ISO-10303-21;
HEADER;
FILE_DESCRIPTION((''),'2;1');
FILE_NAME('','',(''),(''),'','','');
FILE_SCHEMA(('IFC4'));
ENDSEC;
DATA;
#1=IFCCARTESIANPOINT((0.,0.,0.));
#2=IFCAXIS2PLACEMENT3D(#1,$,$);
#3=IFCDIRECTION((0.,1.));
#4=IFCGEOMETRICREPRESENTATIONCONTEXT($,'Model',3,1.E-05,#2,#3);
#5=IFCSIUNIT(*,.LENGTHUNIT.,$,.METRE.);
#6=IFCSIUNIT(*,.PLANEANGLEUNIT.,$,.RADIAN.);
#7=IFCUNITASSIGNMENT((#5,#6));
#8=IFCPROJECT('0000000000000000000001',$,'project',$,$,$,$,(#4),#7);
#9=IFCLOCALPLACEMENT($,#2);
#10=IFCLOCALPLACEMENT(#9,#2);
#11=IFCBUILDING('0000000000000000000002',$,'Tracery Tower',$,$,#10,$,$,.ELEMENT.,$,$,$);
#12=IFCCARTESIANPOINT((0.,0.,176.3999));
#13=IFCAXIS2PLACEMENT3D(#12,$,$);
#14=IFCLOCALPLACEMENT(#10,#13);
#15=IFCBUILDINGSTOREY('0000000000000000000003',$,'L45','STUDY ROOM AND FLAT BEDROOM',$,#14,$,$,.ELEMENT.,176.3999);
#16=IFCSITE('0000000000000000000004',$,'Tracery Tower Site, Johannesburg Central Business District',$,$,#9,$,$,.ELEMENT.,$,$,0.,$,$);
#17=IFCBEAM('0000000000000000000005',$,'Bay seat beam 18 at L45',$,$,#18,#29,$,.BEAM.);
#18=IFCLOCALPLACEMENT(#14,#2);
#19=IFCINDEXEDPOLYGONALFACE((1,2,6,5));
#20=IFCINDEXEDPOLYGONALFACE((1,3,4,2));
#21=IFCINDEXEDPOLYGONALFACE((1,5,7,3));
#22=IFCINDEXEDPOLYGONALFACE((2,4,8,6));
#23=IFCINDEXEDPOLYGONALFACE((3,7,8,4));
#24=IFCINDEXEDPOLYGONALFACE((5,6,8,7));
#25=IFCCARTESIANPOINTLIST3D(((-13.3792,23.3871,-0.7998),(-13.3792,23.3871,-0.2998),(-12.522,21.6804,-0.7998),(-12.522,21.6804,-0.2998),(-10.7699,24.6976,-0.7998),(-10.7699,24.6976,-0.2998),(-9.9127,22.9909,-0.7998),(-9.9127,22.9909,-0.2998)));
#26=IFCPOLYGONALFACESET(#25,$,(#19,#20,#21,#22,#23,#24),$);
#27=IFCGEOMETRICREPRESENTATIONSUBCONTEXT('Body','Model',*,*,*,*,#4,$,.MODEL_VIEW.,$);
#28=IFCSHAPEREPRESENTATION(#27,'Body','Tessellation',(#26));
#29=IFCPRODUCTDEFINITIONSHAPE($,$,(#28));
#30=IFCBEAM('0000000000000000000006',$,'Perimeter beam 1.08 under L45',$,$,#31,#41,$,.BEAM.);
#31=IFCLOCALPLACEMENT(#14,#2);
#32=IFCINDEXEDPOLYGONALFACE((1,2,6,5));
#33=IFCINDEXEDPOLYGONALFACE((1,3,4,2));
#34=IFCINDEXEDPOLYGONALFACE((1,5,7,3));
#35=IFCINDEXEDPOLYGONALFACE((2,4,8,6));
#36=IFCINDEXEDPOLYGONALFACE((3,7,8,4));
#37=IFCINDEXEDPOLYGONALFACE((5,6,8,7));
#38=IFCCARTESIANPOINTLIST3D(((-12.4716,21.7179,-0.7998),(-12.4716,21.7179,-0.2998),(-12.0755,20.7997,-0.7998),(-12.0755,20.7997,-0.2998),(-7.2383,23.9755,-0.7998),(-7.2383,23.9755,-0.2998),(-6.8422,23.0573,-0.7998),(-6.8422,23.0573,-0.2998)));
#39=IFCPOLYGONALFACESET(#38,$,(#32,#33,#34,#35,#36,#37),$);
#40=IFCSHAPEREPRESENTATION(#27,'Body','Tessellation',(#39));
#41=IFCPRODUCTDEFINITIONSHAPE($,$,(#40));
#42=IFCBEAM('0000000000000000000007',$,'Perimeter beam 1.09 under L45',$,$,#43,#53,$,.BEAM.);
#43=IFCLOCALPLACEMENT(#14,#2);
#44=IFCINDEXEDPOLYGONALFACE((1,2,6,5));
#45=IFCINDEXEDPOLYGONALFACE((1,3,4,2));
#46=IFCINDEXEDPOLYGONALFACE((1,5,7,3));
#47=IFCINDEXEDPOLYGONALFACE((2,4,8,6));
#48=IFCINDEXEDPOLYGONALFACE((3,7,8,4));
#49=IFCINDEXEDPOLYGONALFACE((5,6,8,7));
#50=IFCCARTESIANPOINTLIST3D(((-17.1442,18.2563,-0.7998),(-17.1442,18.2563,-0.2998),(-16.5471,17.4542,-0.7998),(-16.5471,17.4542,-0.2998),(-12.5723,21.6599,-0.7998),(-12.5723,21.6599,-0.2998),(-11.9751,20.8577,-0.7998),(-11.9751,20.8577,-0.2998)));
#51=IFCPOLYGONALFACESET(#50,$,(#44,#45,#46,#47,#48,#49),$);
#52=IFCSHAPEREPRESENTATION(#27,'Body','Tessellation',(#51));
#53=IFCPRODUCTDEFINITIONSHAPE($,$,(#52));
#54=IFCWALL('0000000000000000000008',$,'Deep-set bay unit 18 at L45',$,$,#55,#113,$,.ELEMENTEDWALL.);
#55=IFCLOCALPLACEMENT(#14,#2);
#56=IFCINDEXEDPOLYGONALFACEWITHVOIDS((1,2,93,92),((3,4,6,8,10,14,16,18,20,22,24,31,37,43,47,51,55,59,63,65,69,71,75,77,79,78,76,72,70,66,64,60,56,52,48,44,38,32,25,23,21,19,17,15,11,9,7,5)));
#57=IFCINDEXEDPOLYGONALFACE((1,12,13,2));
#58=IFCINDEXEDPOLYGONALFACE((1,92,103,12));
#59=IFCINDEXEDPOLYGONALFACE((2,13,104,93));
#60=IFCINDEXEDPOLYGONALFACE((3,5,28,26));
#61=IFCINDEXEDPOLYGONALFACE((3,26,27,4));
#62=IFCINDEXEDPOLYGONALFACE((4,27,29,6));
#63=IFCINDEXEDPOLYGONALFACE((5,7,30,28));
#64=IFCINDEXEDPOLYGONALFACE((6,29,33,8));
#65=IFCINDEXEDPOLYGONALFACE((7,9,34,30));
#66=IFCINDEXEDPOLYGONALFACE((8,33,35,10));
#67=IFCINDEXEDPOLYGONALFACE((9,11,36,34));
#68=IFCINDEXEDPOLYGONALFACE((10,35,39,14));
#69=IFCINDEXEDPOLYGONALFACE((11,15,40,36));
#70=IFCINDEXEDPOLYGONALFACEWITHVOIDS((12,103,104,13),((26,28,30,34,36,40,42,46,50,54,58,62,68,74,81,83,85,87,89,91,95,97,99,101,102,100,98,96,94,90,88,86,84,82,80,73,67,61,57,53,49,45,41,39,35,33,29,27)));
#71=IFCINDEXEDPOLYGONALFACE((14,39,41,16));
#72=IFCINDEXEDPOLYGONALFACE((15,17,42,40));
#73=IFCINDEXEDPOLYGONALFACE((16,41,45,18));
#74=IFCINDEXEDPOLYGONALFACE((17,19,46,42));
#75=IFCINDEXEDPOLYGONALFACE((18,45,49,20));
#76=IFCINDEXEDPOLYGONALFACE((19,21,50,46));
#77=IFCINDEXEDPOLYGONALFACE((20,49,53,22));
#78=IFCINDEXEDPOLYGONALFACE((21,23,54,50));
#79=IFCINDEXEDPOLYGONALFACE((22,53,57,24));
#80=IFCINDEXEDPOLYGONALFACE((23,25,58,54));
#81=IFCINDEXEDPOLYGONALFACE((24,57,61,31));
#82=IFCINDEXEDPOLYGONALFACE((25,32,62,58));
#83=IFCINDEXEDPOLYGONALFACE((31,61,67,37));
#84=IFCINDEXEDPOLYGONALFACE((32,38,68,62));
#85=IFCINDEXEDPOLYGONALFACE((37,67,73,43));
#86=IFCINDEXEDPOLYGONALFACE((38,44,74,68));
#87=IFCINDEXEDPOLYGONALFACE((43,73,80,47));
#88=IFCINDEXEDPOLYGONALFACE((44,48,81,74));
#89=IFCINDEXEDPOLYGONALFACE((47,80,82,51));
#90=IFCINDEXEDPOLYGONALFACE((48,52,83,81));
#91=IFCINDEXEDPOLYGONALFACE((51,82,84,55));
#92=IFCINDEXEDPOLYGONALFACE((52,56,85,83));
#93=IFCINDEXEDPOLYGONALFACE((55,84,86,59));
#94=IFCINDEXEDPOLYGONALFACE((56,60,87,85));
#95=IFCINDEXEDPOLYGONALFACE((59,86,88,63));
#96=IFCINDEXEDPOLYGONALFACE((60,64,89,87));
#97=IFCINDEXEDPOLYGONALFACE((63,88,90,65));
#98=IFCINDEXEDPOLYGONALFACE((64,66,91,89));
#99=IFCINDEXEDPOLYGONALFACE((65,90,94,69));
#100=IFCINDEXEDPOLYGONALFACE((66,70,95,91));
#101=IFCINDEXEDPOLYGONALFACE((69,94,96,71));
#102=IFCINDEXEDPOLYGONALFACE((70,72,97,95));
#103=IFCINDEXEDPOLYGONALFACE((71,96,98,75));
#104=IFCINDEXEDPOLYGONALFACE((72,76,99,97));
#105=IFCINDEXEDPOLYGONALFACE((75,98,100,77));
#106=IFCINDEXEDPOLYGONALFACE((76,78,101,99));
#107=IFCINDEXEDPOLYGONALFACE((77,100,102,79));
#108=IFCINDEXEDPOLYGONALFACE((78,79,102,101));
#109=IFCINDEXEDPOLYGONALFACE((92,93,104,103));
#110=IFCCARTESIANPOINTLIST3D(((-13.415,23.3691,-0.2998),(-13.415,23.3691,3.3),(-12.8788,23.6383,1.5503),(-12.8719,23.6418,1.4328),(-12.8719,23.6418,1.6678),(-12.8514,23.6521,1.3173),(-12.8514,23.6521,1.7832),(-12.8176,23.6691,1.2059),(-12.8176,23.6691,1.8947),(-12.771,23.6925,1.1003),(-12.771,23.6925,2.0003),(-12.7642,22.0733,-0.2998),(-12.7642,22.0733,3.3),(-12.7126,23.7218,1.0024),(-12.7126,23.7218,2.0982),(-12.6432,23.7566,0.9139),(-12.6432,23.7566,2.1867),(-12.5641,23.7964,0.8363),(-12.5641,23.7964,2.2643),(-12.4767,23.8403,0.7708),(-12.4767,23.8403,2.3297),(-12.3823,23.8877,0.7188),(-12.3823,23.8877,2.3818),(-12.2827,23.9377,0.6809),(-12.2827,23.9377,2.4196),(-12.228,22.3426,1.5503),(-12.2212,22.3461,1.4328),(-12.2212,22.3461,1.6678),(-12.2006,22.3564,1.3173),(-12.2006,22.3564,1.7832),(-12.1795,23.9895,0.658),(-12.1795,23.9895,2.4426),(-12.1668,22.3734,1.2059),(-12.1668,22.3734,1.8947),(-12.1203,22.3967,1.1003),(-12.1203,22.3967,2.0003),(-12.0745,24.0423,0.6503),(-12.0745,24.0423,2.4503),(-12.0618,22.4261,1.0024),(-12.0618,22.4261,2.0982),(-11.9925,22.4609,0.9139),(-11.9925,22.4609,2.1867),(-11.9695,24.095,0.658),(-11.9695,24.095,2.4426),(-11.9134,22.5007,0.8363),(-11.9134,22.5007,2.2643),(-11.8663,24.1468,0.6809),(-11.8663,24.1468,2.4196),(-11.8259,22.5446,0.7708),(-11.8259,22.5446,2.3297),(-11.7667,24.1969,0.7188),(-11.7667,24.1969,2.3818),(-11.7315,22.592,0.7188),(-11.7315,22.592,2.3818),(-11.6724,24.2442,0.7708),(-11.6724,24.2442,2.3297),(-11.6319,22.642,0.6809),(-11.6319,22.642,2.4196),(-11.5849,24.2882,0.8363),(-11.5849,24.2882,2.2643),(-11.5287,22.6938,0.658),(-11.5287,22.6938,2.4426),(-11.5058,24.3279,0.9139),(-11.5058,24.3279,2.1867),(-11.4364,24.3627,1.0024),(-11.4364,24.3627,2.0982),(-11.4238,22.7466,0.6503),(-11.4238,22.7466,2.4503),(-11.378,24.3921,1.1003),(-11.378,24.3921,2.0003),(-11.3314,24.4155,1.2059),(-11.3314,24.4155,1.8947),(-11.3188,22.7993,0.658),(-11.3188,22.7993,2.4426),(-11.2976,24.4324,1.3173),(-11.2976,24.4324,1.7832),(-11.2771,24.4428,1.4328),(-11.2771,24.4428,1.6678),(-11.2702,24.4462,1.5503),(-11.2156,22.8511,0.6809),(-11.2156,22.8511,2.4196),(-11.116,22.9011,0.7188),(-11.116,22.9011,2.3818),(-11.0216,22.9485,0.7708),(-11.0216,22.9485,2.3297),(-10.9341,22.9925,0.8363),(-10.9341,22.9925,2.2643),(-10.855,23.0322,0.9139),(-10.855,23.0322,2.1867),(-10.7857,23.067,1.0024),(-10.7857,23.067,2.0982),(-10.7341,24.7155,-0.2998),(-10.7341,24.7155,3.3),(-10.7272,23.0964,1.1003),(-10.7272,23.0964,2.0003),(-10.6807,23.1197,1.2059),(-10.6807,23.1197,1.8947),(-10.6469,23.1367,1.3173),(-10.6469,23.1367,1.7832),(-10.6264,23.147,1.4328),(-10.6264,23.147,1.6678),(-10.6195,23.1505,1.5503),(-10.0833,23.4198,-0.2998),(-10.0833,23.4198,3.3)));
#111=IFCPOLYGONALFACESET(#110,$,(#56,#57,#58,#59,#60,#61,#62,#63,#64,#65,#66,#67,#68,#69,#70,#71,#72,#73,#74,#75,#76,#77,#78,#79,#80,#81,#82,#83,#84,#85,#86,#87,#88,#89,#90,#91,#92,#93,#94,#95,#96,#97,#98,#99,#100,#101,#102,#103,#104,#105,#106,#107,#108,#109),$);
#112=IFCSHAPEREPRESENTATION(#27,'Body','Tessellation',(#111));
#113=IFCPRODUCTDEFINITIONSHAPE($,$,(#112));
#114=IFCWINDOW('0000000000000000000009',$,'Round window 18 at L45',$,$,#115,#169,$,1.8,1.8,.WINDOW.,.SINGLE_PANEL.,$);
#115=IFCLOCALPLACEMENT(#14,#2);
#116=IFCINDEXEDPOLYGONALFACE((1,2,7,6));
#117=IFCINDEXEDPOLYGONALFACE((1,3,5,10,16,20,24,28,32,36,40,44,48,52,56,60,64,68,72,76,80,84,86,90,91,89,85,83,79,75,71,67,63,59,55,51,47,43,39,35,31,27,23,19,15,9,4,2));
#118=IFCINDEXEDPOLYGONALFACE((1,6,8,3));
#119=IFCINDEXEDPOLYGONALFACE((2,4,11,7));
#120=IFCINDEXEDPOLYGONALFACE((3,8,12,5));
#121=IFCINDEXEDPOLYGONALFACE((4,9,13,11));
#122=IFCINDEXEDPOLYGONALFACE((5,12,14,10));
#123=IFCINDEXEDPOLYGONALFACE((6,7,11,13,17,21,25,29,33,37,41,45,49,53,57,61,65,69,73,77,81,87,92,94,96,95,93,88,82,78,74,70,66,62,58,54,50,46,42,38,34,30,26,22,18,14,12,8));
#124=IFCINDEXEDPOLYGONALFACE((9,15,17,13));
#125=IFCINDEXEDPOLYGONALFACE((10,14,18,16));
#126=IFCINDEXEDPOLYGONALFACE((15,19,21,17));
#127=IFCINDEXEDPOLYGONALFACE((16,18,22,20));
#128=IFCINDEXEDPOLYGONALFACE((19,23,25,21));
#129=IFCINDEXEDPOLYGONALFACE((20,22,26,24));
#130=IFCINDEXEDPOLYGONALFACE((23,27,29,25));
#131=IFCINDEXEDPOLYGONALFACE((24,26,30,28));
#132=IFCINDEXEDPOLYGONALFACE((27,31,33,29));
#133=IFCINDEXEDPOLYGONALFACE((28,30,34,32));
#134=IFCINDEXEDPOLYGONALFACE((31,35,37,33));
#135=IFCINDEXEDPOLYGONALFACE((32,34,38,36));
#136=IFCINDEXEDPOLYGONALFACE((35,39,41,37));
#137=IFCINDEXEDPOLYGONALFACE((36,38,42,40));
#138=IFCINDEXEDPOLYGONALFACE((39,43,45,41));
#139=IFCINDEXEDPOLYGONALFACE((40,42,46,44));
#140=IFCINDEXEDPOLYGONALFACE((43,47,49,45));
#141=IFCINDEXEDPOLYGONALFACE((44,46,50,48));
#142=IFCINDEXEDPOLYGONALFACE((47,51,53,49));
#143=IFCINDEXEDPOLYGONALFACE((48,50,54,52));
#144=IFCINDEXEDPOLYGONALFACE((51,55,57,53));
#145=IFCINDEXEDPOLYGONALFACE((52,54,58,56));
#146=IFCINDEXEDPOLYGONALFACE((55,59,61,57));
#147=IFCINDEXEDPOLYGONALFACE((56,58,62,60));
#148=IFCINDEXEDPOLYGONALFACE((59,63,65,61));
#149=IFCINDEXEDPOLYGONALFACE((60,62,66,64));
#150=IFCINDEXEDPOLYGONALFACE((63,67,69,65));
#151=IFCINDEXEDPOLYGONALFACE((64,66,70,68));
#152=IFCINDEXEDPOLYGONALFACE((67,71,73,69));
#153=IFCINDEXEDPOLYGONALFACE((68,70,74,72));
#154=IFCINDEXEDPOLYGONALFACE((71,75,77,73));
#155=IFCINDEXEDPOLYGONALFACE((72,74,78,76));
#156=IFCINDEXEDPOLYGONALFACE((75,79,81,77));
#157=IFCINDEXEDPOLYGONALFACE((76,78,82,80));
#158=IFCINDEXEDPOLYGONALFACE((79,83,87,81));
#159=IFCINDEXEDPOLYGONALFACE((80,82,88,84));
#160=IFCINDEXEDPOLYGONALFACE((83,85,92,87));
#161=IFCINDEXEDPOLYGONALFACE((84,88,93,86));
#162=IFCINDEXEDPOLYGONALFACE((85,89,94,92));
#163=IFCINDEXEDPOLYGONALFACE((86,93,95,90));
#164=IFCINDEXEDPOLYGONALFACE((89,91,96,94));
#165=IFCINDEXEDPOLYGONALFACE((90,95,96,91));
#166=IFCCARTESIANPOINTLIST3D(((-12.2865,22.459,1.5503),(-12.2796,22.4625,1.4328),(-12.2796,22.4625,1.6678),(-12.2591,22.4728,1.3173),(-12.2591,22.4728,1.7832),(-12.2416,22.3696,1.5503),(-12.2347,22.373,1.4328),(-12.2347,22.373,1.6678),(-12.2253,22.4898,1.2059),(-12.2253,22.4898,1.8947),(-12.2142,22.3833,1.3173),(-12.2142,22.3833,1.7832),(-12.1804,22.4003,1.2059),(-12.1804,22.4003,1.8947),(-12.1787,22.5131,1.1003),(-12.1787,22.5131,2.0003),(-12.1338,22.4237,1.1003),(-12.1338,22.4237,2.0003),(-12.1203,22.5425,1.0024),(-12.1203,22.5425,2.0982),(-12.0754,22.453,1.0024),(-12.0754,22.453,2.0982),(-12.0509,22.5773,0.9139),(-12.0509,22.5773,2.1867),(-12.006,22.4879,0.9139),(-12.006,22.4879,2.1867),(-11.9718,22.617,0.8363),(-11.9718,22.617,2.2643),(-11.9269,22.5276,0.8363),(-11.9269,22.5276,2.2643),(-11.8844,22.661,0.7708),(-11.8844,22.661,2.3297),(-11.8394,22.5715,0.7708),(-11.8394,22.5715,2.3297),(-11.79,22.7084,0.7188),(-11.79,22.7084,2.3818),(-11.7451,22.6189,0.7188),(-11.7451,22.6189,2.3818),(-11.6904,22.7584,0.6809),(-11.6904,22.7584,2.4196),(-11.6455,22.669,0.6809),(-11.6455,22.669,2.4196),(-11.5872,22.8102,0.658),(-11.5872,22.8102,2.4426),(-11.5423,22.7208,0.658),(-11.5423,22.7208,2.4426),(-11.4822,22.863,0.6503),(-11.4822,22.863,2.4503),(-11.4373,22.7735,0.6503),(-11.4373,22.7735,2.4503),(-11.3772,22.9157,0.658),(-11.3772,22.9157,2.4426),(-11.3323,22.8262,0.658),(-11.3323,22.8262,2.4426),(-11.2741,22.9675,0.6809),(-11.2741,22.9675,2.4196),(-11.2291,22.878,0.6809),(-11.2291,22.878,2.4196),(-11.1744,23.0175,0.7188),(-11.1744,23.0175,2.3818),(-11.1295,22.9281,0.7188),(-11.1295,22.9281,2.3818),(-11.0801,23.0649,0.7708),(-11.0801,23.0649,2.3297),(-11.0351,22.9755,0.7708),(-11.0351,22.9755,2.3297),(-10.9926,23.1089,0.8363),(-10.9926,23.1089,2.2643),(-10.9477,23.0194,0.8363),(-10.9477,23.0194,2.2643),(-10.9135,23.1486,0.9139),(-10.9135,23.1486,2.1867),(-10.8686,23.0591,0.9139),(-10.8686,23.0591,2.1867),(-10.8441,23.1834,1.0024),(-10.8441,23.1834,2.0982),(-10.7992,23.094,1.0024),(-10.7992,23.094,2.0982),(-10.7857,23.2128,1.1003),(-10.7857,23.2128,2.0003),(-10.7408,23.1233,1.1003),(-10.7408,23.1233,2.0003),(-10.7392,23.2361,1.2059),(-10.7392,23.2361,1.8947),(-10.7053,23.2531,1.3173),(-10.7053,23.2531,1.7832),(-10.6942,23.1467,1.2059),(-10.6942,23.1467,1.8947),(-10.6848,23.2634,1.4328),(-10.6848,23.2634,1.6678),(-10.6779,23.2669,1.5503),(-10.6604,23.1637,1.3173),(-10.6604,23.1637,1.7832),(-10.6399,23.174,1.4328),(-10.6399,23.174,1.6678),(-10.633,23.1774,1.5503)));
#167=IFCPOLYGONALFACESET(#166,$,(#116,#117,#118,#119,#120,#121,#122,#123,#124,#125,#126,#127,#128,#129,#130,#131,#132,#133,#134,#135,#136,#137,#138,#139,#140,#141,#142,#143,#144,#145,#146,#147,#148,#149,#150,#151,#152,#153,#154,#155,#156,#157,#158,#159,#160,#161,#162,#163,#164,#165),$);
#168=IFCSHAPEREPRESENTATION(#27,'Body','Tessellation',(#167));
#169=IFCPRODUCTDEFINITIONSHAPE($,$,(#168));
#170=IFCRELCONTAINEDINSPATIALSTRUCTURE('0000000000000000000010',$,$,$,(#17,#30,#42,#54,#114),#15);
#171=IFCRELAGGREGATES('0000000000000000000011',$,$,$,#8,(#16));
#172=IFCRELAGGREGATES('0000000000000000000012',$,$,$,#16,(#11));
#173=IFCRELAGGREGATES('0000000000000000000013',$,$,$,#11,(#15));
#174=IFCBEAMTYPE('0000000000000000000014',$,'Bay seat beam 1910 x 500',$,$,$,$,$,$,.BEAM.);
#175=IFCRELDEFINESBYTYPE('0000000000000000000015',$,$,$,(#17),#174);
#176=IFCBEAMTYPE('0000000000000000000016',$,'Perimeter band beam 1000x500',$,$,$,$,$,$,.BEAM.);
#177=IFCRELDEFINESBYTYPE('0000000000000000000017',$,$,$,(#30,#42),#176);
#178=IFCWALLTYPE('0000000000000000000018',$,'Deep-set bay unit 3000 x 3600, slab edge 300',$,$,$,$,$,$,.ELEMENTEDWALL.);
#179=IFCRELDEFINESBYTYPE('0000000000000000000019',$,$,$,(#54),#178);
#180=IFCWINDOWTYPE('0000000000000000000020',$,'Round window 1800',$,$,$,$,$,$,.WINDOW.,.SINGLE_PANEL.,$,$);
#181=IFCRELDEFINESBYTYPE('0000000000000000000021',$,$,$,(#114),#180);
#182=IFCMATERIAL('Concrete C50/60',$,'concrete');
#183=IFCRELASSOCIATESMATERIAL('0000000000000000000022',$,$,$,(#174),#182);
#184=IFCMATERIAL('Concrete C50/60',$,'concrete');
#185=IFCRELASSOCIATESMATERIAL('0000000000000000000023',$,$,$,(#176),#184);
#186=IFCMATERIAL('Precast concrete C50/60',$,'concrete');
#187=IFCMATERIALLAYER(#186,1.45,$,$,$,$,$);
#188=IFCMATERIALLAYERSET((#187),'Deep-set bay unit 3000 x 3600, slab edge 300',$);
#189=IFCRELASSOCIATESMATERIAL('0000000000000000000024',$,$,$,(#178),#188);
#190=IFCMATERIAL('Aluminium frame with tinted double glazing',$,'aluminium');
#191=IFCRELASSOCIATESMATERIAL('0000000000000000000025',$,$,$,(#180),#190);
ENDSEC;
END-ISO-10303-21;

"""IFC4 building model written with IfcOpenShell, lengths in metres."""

from ifc_helpers import new_model, si_unit, direction, frame, frame_2d, origin, origin_2d, place, context, subcontext, project, spatial, rectangle, circle, extrude, material, layer, layer_set, material_profile, profile_set, type_object, element, fill, save


model = new_model("IFC4")

# Units and contexts
model_context = context("Model", 3, precision=1e-05, world=origin(), true_north=direction((0.0, 1.0)))
body_context = subcontext(model_context, "Body", "Model", "MODEL_VIEW")
ifc_project = project(units=[si_unit("LENGTHUNIT", "METRE"), si_unit("PLANEANGLEUNIT", "RADIAN")], contexts=[model_context])

# Site, building, storey
site_placement = place(None, origin())
site = spatial("IfcSite", under=ifc_project, at=site_placement, Name="Tracery Tower Site, Johannesburg Central Business District", CompositionType="ELEMENT", RefElevation=0.0)
building_placement = place(site_placement, origin())
building = spatial("IfcBuilding", under=site, at=building_placement, Name="Tracery Tower", CompositionType="ELEMENT")
storey_placement = place(building_placement, frame((0.0, 0.0, 176.3999)))
storey = spatial("IfcBuildingStorey", under=building, at=storey_placement, Name="L45", Description="STUDY ROOM AND FLAT BEDROOM", CompositionType="ELEMENT", Elevation=176.3999)

# Beams
ifc_material_1 = material(Name="Concrete C50/60", Category="concrete")
ifc_material_profile_1 = material_profile(ifc_material_1, rectangle(XDim=1.9099, YDim=0.5, at=origin_2d()), Name="RC 1910x500")
ifc_profile_set_1 = profile_set([ifc_material_profile_1], Name="Concrete C50/60")
beam_type_1 = type_object("IfcBeamType", Name="Bay seat beam 1910 x 500", PredefinedType="BEAM", material=ifc_profile_set_1)
beam_1_placement = place(storey_placement, frame((-10.3413, 23.8442, -0.5498), z_axis=(-0.893623, -0.448818, 0.0), x_axis=(0.448818, -0.893623, 0.0)))
element("IfcBeam", 1, at=beam_1_placement, inside=storey, type_object=beam_type_1, Name="Bay seat beam 18 at L45", PredefinedType="BEAM", context=body_context, shape_type="SweptSolid", body=[
    extrude(rectangle(XDim=1.9099, YDim=0.5, at=origin_2d()), origin(), (0.0, 0.0, 1.0), 2.9199),
])
ifc_material_2 = material(Name="Concrete C50/60", Category="concrete")
ifc_material_profile_2 = material_profile(ifc_material_2, rectangle(XDim=1.0, YDim=0.5, at=origin_2d()), Name="RC 1000x500")
ifc_profile_set_2 = profile_set([ifc_material_profile_2], Name="Concrete C50/60")
beam_type_2 = type_object("IfcBeamType", Name="Perimeter band beam 1000x500", PredefinedType="BEAM", material=ifc_profile_set_2)
beam_2_placement = place(storey_placement, frame((-7.0403, 23.5164, -0.5498), z_axis=(-0.91821, -0.396095, 0.0), x_axis=(0.396095, -0.91821, 0.0)))
element("IfcBeam", 2, at=beam_2_placement, inside=storey, type_object=beam_type_2, Name="Perimeter beam 1.08 under L45", PredefinedType="BEAM", context=body_context, shape_type="SweptSolid", body=[
    extrude(rectangle(XDim=1.0, YDim=0.5, at=origin_2d()), origin(), (0.0, 0.0, 1.0), 5.6995),
])
beam_3_placement = place(storey_placement, frame((-12.2737, 21.2588, -0.5498), z_axis=(-0.802138, -0.597138, 0.0), x_axis=(0.597138, -0.802138, 0.0)))
element("IfcBeam", 3, at=beam_3_placement, inside=storey, type_object=beam_type_2, Name="Perimeter beam 1.09 under L45", PredefinedType="BEAM", context=body_context, shape_type="SweptSolid", body=[
    extrude(rectangle(XDim=1.0, YDim=0.5, at=origin_2d()), origin(), (0.0, 0.0, 1.0), 5.6997),
])

# Wall, opening, window
ifc_material_3 = material(Name="Precast concrete C50/60", Category="concrete")
ifc_layer_1 = layer(ifc_material_3, 1.45)
ifc_layer_set_1 = layer_set([ifc_layer_1], Name="Deep-set bay unit 3000 x 3600, slab edge 300")
wall_type_1 = type_object("IfcWallType", Name="Deep-set bay unit 3000 x 3600, slab edge 300", PredefinedType="ELEMENTEDWALL", material=ifc_layer_set_1)
wall_1_placement = place(storey_placement, frame((-10.4087, 24.0676, -0.2998), z_axis=(0.0, 0.0, 1.0), x_axis=(-0.893628, -0.448808, 0.0)))
wall_1 = element("IfcWall", 4, at=wall_1_placement, inside=storey, type_object=wall_type_1, Name="Deep-set bay unit 18 at L45", PredefinedType="ELEMENTEDWALL", context=body_context, shape_type="SweptSolid", body=[
    extrude(rectangle(XDim=3.0, YDim=1.45, at=frame_2d((1.5, 0.0))), origin(), (0.0, 0.0, 1.0), 3.5999),
])
opening_1_placement = place(wall_1_placement, frame((1.5, 0.0, 1.8501)))
opening_1 = element("IfcOpeningElement", 5, at=opening_1_placement, cuts=wall_1, PredefinedType="OPENING", context=body_context, shape_type="SweptSolid", body=[
    extrude(circle(Radius=0.9, at=origin_2d()), frame((0.0, 0.7349, 0.0), z_axis=(0.0, -1.0, 0.0), x_axis=(1.0, 0.0, 0.0)), (0.0, 0.0, 1.0), 1.47),
])
ifc_material_4 = material(Name="Aluminium frame with tinted double glazing", Category="aluminium")
window_type = type_object("IfcWindowType", Name="Round window 1800", PartitioningType="SINGLE_PANEL", PredefinedType="WINDOW", material=ifc_material_4)
window_1_placement = place(opening_1_placement, origin())
window_1 = element("IfcWindow", 6, at=window_1_placement, inside=storey, type_object=window_type, Name="Round window 18 at L45", OverallHeight=1.8, OverallWidth=1.8, PartitioningType="SINGLE_PANEL", PredefinedType="WINDOW", context=body_context, shape_type="SweptSolid", body=[
    extrude(circle(Radius=0.9, at=origin_2d()), frame((0.0, 0.6948, 0.0), z_axis=(0.0, -1.0, 0.0), x_axis=(1.0, 0.0, 0.0)), (0.0, 0.0, 1.0), 0.1001),
])
fill(opening_1, window_1)

save(model, "model.ifc")
